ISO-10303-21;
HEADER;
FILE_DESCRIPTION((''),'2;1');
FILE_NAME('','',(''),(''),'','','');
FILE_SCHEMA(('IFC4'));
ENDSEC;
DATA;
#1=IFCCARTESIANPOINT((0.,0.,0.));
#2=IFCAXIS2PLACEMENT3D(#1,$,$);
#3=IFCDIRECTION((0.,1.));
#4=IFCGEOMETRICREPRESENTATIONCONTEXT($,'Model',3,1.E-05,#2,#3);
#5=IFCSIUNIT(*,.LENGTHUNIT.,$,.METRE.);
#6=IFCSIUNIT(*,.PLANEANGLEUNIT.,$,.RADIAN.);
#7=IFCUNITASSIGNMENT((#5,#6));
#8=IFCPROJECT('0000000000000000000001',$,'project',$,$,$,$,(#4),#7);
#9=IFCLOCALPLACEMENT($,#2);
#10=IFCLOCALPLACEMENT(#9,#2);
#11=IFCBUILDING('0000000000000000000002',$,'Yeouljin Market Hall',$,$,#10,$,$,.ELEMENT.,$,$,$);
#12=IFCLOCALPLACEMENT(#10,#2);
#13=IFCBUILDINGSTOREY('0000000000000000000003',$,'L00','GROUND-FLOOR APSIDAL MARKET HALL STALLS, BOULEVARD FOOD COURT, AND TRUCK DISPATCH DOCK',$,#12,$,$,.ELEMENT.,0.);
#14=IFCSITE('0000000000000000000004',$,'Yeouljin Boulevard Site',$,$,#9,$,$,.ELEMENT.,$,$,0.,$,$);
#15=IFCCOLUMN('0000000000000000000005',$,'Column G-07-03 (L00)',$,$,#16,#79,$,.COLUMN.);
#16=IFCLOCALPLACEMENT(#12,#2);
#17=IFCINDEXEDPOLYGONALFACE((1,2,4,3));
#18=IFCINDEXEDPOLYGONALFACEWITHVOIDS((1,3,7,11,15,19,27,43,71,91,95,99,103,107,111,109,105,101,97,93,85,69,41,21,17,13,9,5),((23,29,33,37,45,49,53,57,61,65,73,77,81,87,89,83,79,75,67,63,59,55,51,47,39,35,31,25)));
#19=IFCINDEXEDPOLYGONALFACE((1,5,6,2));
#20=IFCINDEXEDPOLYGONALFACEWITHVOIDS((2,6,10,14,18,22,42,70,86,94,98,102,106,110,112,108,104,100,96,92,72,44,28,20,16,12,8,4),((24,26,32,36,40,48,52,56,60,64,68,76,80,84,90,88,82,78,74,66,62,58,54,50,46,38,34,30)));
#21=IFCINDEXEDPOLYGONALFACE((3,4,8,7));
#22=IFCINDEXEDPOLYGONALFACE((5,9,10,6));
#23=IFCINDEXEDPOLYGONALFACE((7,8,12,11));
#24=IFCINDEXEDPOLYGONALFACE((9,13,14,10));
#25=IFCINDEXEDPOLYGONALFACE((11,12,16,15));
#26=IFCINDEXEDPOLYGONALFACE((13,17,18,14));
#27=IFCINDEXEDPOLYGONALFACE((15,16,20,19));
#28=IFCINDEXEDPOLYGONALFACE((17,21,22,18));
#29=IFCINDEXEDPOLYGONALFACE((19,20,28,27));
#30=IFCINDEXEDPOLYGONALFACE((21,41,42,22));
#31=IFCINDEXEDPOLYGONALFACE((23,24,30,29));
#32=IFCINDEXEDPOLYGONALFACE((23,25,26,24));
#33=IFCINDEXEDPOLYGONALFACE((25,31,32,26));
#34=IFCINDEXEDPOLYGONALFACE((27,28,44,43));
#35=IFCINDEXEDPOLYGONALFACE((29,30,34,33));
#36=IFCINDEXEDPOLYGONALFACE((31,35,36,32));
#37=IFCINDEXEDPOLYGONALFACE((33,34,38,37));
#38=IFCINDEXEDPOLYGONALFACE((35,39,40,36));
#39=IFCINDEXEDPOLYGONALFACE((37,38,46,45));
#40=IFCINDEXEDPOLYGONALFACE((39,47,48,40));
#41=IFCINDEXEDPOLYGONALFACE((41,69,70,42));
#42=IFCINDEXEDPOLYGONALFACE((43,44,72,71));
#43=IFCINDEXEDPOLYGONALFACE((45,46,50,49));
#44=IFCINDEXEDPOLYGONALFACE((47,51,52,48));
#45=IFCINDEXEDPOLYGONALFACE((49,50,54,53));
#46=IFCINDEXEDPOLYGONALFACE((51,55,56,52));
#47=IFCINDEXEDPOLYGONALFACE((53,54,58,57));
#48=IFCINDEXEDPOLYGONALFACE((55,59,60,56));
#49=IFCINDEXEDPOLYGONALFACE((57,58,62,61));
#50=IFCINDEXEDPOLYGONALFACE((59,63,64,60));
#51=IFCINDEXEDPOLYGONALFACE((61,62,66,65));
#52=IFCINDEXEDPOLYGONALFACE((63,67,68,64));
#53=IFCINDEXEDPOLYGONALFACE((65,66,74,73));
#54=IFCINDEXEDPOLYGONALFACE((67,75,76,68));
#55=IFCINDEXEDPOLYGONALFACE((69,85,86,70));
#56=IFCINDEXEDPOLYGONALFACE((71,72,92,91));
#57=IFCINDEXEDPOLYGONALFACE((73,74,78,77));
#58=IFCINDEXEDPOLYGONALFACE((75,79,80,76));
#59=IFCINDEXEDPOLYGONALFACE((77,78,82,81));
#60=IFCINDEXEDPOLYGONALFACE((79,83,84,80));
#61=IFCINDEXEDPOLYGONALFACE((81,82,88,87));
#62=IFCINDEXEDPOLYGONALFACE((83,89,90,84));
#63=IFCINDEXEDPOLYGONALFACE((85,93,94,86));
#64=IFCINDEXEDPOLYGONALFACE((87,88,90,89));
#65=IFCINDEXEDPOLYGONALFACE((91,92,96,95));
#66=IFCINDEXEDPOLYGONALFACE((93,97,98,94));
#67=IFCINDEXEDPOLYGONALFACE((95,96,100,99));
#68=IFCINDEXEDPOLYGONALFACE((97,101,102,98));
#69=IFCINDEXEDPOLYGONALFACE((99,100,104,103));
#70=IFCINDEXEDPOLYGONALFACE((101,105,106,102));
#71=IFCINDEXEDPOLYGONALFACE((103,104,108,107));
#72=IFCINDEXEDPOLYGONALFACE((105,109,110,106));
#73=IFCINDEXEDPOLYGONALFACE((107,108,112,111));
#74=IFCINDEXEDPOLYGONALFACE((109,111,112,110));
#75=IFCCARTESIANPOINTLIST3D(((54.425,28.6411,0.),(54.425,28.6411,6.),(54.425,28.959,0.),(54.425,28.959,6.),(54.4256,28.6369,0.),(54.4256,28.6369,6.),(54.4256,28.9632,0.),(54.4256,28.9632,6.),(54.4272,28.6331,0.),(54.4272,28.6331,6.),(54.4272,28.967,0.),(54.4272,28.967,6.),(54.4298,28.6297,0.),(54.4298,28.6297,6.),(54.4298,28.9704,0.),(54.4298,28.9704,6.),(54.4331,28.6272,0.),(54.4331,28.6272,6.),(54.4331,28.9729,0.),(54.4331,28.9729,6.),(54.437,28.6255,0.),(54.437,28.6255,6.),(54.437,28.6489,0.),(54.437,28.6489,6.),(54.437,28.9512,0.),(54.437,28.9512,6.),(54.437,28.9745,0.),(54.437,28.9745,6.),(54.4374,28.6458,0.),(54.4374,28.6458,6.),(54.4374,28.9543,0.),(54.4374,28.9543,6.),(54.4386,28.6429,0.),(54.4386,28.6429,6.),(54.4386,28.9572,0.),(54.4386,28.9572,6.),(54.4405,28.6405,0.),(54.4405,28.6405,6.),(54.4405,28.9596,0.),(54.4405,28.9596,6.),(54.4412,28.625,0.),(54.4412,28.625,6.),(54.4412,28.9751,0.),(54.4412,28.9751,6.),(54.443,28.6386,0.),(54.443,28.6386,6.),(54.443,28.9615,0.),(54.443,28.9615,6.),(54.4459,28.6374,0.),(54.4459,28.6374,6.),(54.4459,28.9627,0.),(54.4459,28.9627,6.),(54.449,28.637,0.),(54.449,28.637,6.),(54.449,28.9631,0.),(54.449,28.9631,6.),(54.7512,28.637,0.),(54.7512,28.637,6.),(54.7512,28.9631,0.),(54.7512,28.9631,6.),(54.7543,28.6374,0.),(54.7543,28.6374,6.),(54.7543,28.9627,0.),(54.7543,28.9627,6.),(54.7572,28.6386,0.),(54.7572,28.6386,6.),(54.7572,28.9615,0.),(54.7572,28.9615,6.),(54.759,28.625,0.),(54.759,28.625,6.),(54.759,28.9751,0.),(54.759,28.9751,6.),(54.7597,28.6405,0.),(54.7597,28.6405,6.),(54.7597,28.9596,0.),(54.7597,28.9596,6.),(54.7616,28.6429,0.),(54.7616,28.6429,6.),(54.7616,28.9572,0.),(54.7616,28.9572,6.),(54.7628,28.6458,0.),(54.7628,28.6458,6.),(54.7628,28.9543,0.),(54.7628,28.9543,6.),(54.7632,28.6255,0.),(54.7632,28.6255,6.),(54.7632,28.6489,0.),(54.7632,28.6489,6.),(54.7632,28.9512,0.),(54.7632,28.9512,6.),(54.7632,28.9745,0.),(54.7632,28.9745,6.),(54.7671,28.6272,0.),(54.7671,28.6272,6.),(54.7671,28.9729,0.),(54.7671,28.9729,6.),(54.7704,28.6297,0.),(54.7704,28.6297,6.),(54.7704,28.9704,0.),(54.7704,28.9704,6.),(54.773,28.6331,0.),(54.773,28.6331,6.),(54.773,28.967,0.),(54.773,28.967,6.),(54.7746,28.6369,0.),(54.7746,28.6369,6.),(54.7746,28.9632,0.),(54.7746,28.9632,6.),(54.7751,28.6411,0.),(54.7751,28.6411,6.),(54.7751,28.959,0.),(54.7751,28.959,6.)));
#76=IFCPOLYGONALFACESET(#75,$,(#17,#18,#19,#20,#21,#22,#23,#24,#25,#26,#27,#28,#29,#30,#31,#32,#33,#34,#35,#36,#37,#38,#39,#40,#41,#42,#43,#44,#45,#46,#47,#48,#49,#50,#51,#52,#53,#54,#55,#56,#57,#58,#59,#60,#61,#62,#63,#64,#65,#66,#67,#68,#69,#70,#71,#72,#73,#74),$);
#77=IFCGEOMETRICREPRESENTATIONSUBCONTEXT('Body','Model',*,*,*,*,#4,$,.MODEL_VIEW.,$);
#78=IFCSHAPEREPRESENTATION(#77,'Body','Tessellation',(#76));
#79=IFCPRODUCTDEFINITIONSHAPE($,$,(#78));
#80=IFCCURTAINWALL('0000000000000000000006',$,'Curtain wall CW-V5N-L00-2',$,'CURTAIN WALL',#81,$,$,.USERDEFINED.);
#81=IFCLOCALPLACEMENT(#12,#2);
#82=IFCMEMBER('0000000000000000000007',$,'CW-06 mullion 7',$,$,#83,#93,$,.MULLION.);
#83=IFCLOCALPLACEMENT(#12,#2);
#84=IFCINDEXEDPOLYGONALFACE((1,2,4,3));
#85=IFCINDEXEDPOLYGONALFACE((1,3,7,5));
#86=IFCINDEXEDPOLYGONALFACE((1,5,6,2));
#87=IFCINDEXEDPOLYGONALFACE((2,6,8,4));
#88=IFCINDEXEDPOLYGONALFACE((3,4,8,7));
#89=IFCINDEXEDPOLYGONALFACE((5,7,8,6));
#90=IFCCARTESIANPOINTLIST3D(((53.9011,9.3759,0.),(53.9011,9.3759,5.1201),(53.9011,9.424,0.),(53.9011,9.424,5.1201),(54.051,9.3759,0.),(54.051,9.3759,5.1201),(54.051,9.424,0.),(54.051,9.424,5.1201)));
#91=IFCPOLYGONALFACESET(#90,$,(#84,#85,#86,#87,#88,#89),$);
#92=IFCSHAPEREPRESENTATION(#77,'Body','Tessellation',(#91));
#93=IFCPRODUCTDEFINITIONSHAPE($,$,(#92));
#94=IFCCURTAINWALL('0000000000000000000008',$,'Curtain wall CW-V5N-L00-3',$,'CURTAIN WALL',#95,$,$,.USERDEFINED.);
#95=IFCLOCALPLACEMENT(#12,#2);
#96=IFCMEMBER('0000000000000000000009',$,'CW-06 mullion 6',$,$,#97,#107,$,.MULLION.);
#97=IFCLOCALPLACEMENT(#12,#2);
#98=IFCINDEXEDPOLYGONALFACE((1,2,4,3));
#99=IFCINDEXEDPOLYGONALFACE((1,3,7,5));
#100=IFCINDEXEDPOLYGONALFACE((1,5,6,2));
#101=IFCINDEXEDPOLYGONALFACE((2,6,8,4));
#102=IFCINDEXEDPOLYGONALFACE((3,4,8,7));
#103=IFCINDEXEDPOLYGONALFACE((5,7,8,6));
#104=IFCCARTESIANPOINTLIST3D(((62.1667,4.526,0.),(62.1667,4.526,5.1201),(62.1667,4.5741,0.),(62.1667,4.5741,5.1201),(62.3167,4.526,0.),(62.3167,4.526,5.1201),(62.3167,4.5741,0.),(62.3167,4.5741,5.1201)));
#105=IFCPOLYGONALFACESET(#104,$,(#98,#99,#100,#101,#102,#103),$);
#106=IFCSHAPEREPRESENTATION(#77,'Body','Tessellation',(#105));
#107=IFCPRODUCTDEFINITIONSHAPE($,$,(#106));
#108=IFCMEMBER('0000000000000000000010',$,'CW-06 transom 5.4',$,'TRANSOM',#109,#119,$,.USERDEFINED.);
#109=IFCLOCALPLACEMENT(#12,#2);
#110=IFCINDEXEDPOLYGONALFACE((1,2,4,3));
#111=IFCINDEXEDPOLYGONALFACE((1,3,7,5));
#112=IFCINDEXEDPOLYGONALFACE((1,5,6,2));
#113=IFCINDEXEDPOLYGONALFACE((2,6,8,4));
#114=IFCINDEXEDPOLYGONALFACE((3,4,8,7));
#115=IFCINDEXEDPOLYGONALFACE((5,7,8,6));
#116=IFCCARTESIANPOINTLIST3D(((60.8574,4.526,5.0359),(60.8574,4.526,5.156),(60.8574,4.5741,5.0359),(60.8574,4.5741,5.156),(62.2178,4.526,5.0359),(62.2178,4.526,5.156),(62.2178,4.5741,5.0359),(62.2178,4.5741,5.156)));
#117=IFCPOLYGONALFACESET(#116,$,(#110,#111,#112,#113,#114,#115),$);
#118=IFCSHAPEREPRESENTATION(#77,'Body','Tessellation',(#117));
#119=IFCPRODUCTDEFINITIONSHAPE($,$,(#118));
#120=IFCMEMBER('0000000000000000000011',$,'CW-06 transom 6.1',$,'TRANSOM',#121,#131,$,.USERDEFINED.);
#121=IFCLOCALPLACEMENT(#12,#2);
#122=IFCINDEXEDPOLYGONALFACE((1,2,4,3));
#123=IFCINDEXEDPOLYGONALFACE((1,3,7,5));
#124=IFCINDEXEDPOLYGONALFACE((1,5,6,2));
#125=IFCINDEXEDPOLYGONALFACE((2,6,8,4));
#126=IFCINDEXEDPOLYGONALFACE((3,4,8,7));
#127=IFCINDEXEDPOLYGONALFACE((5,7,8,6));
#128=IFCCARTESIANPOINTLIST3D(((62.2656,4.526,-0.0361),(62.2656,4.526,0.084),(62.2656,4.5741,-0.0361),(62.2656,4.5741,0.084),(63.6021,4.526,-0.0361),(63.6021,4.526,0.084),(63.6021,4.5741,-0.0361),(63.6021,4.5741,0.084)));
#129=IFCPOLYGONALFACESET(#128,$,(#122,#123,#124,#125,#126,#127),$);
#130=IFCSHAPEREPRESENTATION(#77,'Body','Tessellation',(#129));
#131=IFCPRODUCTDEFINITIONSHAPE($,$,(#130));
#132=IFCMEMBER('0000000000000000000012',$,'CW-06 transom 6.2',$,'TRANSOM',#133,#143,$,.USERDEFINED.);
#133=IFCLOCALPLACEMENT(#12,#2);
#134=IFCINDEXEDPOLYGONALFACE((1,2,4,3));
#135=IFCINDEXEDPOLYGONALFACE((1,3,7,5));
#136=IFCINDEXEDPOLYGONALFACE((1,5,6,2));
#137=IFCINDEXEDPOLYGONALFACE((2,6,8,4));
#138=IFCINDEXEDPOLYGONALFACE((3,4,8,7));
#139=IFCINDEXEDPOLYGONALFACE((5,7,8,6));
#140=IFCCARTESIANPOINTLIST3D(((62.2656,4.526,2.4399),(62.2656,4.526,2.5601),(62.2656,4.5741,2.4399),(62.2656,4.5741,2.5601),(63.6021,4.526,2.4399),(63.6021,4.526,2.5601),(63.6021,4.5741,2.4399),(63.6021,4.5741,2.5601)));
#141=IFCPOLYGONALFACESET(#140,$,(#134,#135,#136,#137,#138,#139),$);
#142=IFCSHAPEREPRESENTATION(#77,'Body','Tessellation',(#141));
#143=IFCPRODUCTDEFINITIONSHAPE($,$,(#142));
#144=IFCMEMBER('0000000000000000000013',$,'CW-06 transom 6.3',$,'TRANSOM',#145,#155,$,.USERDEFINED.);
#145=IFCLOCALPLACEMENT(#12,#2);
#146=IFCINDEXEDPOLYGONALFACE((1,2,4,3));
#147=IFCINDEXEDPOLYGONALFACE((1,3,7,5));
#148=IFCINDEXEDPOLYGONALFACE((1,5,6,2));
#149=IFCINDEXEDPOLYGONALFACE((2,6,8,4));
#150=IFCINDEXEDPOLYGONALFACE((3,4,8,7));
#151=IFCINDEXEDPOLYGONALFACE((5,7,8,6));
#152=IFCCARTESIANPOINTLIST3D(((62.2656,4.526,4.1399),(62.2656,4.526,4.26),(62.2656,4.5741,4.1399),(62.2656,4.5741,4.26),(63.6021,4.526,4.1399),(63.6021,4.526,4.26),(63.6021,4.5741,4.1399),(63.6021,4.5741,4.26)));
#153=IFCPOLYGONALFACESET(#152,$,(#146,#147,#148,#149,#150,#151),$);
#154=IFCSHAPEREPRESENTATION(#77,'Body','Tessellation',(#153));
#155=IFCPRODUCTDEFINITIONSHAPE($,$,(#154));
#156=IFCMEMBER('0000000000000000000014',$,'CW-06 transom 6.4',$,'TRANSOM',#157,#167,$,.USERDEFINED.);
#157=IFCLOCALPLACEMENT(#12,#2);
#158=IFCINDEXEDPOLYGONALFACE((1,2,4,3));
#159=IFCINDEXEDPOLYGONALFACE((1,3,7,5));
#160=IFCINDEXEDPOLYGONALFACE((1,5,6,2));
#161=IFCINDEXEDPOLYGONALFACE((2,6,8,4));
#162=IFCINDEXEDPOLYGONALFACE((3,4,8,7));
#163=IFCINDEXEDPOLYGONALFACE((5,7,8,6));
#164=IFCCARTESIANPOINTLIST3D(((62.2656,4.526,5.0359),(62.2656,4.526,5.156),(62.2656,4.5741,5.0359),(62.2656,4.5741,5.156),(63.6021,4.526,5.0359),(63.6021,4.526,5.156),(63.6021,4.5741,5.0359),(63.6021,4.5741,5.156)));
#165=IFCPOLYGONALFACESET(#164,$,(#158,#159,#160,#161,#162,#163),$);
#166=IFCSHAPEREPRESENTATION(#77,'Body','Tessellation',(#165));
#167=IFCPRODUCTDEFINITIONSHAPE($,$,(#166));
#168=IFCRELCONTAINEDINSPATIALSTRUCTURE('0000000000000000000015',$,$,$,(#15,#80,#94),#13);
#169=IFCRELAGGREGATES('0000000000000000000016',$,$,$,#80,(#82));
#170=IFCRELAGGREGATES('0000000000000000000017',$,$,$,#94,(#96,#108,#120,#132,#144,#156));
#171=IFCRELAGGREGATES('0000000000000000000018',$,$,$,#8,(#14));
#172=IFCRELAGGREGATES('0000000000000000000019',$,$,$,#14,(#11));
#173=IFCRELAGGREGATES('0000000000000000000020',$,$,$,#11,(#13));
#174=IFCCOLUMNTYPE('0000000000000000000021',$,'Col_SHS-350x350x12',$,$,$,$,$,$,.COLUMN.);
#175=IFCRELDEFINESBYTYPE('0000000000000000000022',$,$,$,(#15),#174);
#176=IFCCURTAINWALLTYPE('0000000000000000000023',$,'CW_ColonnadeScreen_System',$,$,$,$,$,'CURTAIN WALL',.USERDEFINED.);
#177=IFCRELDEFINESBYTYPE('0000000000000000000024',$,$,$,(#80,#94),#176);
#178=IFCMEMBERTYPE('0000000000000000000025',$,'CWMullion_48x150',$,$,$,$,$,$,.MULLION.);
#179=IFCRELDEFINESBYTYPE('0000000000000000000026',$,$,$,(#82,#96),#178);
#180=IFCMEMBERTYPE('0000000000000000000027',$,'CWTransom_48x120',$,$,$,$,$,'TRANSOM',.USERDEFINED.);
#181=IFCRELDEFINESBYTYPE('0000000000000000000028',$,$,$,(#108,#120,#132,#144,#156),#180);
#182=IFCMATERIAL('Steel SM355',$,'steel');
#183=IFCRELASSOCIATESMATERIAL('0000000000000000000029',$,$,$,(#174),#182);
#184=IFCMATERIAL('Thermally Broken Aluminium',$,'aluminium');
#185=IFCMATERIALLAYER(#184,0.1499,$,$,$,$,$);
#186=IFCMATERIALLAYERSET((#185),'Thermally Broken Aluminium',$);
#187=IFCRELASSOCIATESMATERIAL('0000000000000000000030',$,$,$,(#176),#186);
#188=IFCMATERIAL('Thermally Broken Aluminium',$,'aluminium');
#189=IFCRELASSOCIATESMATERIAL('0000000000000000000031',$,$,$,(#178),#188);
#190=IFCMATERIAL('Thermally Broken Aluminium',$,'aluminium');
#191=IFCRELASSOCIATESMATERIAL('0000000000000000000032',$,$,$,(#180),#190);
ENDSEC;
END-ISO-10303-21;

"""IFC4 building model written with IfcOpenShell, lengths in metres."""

from ifc_helpers import new_model, si_unit, direction, frame, origin, origin_2d, place, context, subcontext, project, spatial, rectangle, hollow_rectangle, extrude, material, layer, layer_set, material_profile, profile_set, type_object, element, aggregate, save


model = new_model("IFC4")

# Units and contexts
model_context = context("Model", 3, precision=1e-05, world=origin(), true_north=direction((0.0, 1.0)))
body_context = subcontext(model_context, "Body", "Model", "MODEL_VIEW")
ifc_project = project(units=[si_unit("LENGTHUNIT", "METRE"), si_unit("PLANEANGLEUNIT", "RADIAN")], contexts=[model_context])

# Site, building, storey
site_placement = place(None, origin())
site = spatial("IfcSite", under=ifc_project, at=site_placement, Name="Yeouljin Boulevard Site", CompositionType="ELEMENT", RefElevation=0.0)
building_placement = place(site_placement, origin())
building = spatial("IfcBuilding", under=site, at=building_placement, Name="Yeouljin Market Hall", CompositionType="ELEMENT")
storey_placement = place(building_placement, origin())
storey = spatial("IfcBuildingStorey", under=building, at=storey_placement, Name="L00", Description="GROUND-FLOOR APSIDAL MARKET HALL STALLS, BOULEVARD FOOD COURT, AND TRUCK DISPATCH DOCK", CompositionType="ELEMENT", Elevation=0.0)

# Column
ifc_material_1 = material(Name="Steel SM355", Category="steel")
ifc_material_profile_1 = material_profile(ifc_material_1, hollow_rectangle(XDim=0.3501, YDim=0.3501, WallThickness=0.012, InnerFilletRadius=0.012, OuterFilletRadius=0.0161, at=origin_2d()), Name="SHS-350x350x12")
ifc_profile_set_1 = profile_set([ifc_material_profile_1], Name="Steel SM355")
column_type_1 = type_object("IfcColumnType", Name="Col_SHS-350x350x12", PredefinedType="COLUMN", material=ifc_profile_set_1)
for number, where, z_axis, x_axis, name in (
    (1, (54.6001, 28.8, 0.0), (0.0, 0.0, 1.0), (1.0, 0.0, 0.0), "Column G-07-03 (L00)"),
):
    element("IfcColumn", number, at=place(storey_placement, frame(where, z_axis=z_axis, x_axis=x_axis)), inside=storey, type_object=column_type_1, Name=name, PredefinedType="COLUMN", context=body_context, shape_type="SweptSolid", body=[
        extrude(hollow_rectangle(XDim=0.3501, YDim=0.3501, WallThickness=0.012, InnerFilletRadius=0.012, OuterFilletRadius=0.0161, at=origin_2d()), origin(), (0.0, 0.0, 1.0), 6.0),
    ])

# Curtain wall, member
ifc_material_2 = material(Name="Thermally Broken Aluminium", Category="aluminium")
ifc_layer_1 = layer(ifc_material_2, 0.1499)
ifc_layer_set_1 = layer_set([ifc_layer_1], Name="Thermally Broken Aluminium")
curtain_wall_type = type_object("IfcCurtainWallType", Name="CW_ColonnadeScreen_System", ElementType="CURTAIN WALL", PredefinedType="USERDEFINED", material=ifc_layer_set_1)
curtain_wall_1_placement = place(storey_placement, origin())
curtain_wall_1 = element("IfcCurtainWall", 2, at=curtain_wall_1_placement, inside=storey, type_object=curtain_wall_type, Name="Curtain wall CW-V5N-L00-2", ObjectType="CURTAIN WALL", PredefinedType="USERDEFINED")
ifc_material_3 = material(Name="Thermally Broken Aluminium", Category="aluminium")
ifc_material_profile_2 = material_profile(ifc_material_3, rectangle(XDim=0.0481, YDim=0.1499, at=origin_2d()), Name="CW-MULL-48x150")
ifc_profile_set_2 = profile_set([ifc_material_profile_2], Name="Thermally Broken Aluminium")
member_type_1 = type_object("IfcMemberType", Name="CWMullion_48x150", PredefinedType="MULLION", material=ifc_profile_set_2)
member_1_placement = place(storey_placement, frame((53.9761, 9.3999, 0.0), z_axis=(0.0, 0.0, 1.0), x_axis=(0.0, 1.0, 0.0)))
member_1 = element("IfcMember", 3, at=member_1_placement, type_object=member_type_1, Name="CW-06 mullion 7", PredefinedType="MULLION", context=body_context, shape_type="SweptSolid", body=[
    extrude(rectangle(XDim=0.0481, YDim=0.1499, at=origin_2d()), origin(), (0.0, 0.0, 1.0), 5.1201),
])

# Curtain wall, members
curtain_wall_2_placement = place(storey_placement, origin())
curtain_wall_2 = element("IfcCurtainWall", 4, at=curtain_wall_2_placement, inside=storey, type_object=curtain_wall_type, Name="Curtain wall CW-V5N-L00-3", ObjectType="CURTAIN WALL", PredefinedType="USERDEFINED")
member_2_placement = place(storey_placement, frame((62.2417, 4.55, 0.0), z_axis=(0.0, 0.0, 1.0), x_axis=(0.0, 1.0, 0.0)))
member_2 = element("IfcMember", 5, at=member_2_placement, type_object=member_type_1, Name="CW-06 mullion 6", PredefinedType="MULLION", context=body_context, shape_type="SweptSolid", body=[
    extrude(rectangle(XDim=0.0481, YDim=0.1499, at=origin_2d()), origin(), (0.0, 0.0, 1.0), 5.1201),
])
ifc_material_4 = material(Name="Thermally Broken Aluminium", Category="aluminium")
ifc_material_profile_3 = material_profile(ifc_material_4, rectangle(XDim=0.0481, YDim=0.1201, at=origin_2d()), Name="CW-TRAN-48x120")
ifc_profile_set_3 = profile_set([ifc_material_profile_3], Name="Thermally Broken Aluminium")
member_type_2 = type_object("IfcMemberType", Name="CWTransom_48x120", ElementType="TRANSOM", PredefinedType="USERDEFINED", material=ifc_profile_set_3)
member_3_placement = place(storey_placement, frame((60.8574, 4.55, 5.0959), z_axis=(1.0, 0.0, 0.0), x_axis=(0.0, 1.0, 0.0)))
member_3 = element("IfcMember", 6, at=member_3_placement, type_object=member_type_2, Name="CW-06 transom 5.4", ObjectType="TRANSOM", PredefinedType="USERDEFINED", context=body_context, shape_type="SweptSolid", body=[
    extrude(rectangle(XDim=0.0481, YDim=0.1201, at=origin_2d()), origin(), (0.0, 0.0, 1.0), 1.3604),
])
member_4_placement = place(storey_placement, frame((62.2656, 4.55, 0.0239), z_axis=(1.0, 0.0, 0.0), x_axis=(0.0, 1.0, 0.0)))
member_4 = element("IfcMember", 7, at=member_4_placement, type_object=member_type_2, Name="CW-06 transom 6.1", ObjectType="TRANSOM", PredefinedType="USERDEFINED", context=body_context, shape_type="SweptSolid", body=[
    extrude(rectangle(XDim=0.0481, YDim=0.1201, at=origin_2d()), origin(), (0.0, 0.0, 1.0), 1.3364),
])
member_5_placement = place(storey_placement, frame((62.2656, 4.55, 2.5), z_axis=(1.0, 0.0, 0.0), x_axis=(0.0, 1.0, 0.0)))
member_5 = element("IfcMember", 8, at=member_5_placement, type_object=member_type_2, Name="CW-06 transom 6.2", ObjectType="TRANSOM", PredefinedType="USERDEFINED", context=body_context, shape_type="SweptSolid", body=[
    extrude(rectangle(XDim=0.0481, YDim=0.1201, at=origin_2d()), origin(), (0.0, 0.0, 1.0), 1.3364),
])
member_6_placement = place(storey_placement, frame((62.2656, 4.55, 4.2), z_axis=(1.0, 0.0, 0.0), x_axis=(0.0, 1.0, 0.0)))
member_6 = element("IfcMember", 9, at=member_6_placement, type_object=member_type_2, Name="CW-06 transom 6.3", ObjectType="TRANSOM", PredefinedType="USERDEFINED", context=body_context, shape_type="SweptSolid", body=[
    extrude(rectangle(XDim=0.0481, YDim=0.1201, at=origin_2d()), origin(), (0.0, 0.0, 1.0), 1.3364),
])
member_7_placement = place(storey_placement, frame((62.2656, 4.55, 5.0959), z_axis=(1.0, 0.0, 0.0), x_axis=(0.0, 1.0, 0.0)))
member_7 = element("IfcMember", 10, at=member_7_placement, type_object=member_type_2, Name="CW-06 transom 6.4", ObjectType="TRANSOM", PredefinedType="USERDEFINED", context=body_context, shape_type="SweptSolid", body=[
    extrude(rectangle(XDim=0.0481, YDim=0.1201, at=origin_2d()), origin(), (0.0, 0.0, 1.0), 1.3364),
])

aggregate(curtain_wall_1, [member_1])
aggregate(curtain_wall_2, [member_2, member_3, member_4, member_5, member_6, member_7])

save(model, "model.ifc")
